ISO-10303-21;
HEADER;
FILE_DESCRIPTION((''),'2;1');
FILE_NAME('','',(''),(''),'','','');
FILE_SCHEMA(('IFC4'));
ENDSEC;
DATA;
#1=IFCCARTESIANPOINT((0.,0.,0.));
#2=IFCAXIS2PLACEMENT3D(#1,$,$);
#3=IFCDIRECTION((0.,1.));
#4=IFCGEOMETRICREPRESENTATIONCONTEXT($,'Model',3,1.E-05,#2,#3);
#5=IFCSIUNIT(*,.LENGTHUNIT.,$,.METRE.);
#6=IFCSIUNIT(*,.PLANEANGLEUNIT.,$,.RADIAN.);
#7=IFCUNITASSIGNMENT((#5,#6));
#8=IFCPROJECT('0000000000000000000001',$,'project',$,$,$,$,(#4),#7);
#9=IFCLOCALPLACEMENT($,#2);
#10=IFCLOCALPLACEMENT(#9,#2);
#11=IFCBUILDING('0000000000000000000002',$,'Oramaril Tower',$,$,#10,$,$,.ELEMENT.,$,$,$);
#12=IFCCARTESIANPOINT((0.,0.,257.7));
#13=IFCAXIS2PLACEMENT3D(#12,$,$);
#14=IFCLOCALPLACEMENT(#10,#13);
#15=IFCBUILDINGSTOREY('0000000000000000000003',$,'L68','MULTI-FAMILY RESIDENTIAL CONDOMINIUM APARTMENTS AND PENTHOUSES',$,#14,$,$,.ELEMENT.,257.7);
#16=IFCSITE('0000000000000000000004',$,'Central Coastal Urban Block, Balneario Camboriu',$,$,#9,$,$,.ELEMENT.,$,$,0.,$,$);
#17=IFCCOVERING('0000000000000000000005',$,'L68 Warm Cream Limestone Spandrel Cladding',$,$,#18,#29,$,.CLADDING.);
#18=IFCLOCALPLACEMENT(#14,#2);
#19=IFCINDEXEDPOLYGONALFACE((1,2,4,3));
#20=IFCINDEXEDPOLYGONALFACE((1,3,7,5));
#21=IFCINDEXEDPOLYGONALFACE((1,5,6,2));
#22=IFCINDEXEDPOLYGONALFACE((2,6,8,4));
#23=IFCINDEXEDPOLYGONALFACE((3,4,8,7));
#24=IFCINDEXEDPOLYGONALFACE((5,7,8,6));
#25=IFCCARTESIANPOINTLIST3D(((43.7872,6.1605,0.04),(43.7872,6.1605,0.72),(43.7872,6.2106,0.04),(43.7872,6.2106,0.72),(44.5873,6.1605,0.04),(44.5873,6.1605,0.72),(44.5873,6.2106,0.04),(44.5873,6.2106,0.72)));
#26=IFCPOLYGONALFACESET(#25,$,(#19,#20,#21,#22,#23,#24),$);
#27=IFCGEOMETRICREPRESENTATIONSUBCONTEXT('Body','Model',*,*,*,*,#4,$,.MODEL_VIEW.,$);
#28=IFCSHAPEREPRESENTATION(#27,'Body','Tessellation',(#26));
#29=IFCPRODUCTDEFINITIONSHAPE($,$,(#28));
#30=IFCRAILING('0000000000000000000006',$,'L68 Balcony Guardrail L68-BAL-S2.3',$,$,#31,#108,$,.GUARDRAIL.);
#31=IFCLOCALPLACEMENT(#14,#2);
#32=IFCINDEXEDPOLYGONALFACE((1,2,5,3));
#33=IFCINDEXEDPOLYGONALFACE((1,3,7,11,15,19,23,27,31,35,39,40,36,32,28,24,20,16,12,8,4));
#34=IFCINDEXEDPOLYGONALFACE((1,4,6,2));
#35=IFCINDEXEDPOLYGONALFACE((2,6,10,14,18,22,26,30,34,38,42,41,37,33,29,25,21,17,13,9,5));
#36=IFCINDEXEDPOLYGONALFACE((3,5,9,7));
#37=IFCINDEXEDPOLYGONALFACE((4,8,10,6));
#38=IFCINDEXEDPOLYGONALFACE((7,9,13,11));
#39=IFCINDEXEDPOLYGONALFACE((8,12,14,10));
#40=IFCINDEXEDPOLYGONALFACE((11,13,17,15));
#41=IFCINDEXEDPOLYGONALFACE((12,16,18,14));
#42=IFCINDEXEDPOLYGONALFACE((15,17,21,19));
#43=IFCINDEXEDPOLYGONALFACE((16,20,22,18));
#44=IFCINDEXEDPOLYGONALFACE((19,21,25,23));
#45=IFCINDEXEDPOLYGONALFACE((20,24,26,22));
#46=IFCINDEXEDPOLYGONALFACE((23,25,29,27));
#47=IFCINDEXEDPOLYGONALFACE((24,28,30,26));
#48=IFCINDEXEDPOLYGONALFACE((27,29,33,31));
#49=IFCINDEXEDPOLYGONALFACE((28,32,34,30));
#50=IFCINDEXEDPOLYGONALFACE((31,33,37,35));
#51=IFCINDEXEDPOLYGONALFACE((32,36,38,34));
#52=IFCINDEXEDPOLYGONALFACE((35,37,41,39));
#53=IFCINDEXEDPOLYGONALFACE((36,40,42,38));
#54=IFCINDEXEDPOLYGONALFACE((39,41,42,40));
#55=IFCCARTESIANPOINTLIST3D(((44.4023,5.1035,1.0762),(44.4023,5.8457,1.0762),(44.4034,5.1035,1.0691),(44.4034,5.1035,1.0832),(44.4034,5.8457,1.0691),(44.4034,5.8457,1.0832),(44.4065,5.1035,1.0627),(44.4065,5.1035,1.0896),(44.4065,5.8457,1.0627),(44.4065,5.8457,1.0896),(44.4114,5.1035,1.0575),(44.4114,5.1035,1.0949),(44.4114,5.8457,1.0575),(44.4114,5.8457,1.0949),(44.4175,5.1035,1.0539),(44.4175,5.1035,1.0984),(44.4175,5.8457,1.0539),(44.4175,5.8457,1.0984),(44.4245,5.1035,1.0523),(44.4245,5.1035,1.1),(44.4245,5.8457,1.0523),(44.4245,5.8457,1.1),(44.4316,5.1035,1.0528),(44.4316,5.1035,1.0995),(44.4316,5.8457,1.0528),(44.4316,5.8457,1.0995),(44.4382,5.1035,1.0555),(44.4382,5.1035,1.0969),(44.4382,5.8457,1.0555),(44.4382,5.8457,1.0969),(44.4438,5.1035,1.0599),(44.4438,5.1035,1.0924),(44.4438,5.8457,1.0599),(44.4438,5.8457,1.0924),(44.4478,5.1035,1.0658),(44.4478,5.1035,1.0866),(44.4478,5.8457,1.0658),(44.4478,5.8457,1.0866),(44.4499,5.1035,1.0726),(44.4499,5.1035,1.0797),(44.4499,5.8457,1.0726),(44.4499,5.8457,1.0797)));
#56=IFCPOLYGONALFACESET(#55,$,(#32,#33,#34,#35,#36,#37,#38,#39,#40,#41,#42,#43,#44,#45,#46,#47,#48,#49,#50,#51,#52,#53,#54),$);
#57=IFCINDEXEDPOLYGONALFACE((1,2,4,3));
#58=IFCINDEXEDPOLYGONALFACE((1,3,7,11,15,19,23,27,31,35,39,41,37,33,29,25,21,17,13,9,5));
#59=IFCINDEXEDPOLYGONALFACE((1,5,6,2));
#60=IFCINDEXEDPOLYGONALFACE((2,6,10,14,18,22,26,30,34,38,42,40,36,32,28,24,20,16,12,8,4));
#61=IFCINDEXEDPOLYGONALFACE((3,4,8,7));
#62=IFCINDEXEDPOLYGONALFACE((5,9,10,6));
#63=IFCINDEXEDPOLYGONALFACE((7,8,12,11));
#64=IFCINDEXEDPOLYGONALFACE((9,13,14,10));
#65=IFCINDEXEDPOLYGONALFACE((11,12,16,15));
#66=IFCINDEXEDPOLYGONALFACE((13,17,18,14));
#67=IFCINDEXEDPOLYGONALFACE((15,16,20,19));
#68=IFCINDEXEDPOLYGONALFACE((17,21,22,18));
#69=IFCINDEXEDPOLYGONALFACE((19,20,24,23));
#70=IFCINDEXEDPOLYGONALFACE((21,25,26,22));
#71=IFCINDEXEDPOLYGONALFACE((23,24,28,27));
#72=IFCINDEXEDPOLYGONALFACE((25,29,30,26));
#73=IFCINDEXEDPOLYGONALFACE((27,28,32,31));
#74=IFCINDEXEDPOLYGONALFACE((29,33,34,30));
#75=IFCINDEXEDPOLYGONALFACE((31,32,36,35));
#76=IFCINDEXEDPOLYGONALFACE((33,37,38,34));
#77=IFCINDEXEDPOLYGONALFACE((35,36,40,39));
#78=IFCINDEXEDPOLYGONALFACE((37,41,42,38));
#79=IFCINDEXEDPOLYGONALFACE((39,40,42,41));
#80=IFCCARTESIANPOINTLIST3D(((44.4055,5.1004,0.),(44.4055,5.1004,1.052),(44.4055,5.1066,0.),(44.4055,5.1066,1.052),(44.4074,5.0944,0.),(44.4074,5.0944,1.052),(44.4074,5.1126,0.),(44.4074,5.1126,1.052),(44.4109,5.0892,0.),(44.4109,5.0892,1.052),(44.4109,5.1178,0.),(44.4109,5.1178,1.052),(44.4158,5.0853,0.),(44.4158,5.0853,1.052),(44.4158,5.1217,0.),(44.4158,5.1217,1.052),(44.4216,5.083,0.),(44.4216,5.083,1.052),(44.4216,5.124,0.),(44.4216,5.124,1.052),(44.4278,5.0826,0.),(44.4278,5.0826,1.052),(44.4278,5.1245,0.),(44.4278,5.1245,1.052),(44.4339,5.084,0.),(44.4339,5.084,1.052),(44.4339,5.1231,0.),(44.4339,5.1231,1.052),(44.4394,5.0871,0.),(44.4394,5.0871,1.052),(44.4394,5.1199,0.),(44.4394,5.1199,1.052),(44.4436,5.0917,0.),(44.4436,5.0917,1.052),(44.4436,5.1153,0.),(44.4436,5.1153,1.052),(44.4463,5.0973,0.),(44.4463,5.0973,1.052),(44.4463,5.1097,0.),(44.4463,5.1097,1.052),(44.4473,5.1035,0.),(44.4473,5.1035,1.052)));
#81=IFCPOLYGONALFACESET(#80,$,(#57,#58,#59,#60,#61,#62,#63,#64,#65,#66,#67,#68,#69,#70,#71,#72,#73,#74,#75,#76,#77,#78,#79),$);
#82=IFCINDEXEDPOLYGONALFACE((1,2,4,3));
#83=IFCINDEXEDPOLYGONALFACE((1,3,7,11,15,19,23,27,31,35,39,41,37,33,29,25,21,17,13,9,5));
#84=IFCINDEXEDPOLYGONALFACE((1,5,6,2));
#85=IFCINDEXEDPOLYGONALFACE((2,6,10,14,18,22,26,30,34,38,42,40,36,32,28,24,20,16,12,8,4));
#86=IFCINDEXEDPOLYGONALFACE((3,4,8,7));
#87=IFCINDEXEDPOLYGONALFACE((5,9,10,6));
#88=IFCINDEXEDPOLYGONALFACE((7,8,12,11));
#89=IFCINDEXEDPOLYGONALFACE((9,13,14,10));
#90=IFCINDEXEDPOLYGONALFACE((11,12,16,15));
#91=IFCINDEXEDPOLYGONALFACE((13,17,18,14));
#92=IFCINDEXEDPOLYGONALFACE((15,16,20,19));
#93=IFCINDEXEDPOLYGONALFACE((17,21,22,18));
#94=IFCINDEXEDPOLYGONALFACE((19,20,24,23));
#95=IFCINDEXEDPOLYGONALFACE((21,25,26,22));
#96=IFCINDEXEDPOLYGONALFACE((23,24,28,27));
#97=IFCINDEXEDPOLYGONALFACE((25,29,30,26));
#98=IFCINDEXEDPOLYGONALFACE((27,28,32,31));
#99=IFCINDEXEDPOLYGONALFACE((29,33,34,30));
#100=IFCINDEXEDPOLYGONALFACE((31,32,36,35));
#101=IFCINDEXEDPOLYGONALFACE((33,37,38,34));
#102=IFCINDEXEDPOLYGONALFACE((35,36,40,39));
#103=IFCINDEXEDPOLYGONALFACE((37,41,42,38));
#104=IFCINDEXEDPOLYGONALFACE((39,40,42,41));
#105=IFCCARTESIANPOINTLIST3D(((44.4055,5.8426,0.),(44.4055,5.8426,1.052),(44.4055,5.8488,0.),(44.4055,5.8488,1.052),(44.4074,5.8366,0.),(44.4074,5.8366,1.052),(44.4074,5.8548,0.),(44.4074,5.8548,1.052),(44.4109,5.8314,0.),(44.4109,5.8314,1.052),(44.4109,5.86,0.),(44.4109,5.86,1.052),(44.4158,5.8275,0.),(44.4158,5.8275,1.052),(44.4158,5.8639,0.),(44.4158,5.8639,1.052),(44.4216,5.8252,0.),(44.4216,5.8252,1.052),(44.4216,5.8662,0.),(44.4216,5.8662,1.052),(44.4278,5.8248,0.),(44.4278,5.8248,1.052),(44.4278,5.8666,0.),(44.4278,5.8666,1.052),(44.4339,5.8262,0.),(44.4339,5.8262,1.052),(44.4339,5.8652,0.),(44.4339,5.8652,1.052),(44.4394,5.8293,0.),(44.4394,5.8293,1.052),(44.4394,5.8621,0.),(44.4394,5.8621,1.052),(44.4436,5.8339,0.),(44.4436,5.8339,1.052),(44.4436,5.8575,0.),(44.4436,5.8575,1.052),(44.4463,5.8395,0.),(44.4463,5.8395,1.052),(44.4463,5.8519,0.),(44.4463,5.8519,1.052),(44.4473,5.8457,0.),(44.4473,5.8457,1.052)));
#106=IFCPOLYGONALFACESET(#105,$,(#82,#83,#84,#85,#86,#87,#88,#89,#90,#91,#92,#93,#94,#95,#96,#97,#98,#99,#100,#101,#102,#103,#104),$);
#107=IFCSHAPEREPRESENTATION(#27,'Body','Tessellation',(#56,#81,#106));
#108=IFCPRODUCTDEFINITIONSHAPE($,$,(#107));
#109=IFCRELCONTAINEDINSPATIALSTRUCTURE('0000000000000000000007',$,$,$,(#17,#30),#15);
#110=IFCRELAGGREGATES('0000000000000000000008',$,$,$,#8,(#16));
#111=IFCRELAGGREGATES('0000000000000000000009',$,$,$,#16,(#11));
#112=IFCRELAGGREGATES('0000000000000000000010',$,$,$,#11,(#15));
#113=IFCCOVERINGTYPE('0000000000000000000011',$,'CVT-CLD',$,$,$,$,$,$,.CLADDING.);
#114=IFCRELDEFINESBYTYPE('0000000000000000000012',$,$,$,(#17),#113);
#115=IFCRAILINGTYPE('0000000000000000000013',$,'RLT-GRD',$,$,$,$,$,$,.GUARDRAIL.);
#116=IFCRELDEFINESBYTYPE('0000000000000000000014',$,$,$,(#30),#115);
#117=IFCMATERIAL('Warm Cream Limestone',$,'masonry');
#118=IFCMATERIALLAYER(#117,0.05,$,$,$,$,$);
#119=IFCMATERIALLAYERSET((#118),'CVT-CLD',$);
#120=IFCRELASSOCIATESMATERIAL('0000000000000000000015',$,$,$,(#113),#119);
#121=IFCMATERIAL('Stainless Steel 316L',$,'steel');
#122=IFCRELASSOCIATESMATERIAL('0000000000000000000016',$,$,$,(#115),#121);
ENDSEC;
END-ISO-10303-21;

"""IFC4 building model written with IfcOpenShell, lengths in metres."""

from ifc_helpers import new_model, si_unit, direction, frame, origin, origin_2d, place, context, subcontext, project, spatial, rectangle, circle, extrude, material, layer, layer_set, type_object, element, save


model = new_model("IFC4")

# Units and contexts
model_context = context("Model", 3, precision=1e-05, world=origin(), true_north=direction((0.0, 1.0)))
body_context = subcontext(model_context, "Body", "Model", "MODEL_VIEW")
ifc_project = project(units=[si_unit("LENGTHUNIT", "METRE"), si_unit("PLANEANGLEUNIT", "RADIAN")], contexts=[model_context])

# Site, building, storey
site_placement = place(None, origin())
site = spatial("IfcSite", under=ifc_project, at=site_placement, Name="Central Coastal Urban Block, Balneario Camboriu", CompositionType="ELEMENT", RefElevation=0.0)
building_placement = place(site_placement, origin())
building = spatial("IfcBuilding", under=site, at=building_placement, Name="Oramaril Tower", CompositionType="ELEMENT")
storey_placement = place(building_placement, frame((0.0, 0.0, 257.7)))
storey = spatial("IfcBuildingStorey", under=building, at=storey_placement, Name="L68", Description="MULTI-FAMILY RESIDENTIAL CONDOMINIUM APARTMENTS AND PENTHOUSES", CompositionType="ELEMENT", Elevation=257.7)

# Covering
ifc_material_1 = material(Name="Warm Cream Limestone", Category="masonry")
ifc_layer_1 = layer(ifc_material_1, 0.05)
ifc_layer_set_1 = layer_set([ifc_layer_1], Name="CVT-CLD")
covering_type = type_object("IfcCoveringType", Name="CVT-CLD", PredefinedType="CLADDING", material=ifc_layer_set_1)
covering_placement = place(storey_placement, frame((44.1873, 6.1855, 0.04), z_axis=(0.0, 0.0, 1.0), x_axis=(1.0, 0.0, 0.0)))
element("IfcCovering", 1, at=covering_placement, inside=storey, type_object=covering_type, Name="L68 Warm Cream Limestone Spandrel Cladding", PredefinedType="CLADDING", context=body_context, shape_type="SweptSolid", body=[
    extrude(rectangle(XDim=0.8, YDim=0.05, at=origin_2d()), origin(), (0.0, 0.0, 1.0), 0.6799),
])

# Railing
ifc_material_2 = material(Name="Stainless Steel 316L", Category="steel")
railing_type_1 = type_object("IfcRailingType", Name="RLT-GRD", PredefinedType="GUARDRAIL", material=ifc_material_2)
railing_1_placement = place(storey_placement, frame((44.4263, 5.1035, 0.0)))
element("IfcRailing", 2, at=railing_1_placement, inside=storey, type_object=railing_type_1, Name="L68 Balcony Guardrail L68-BAL-S2.3", PredefinedType="GUARDRAIL", context=body_context, shape_type="SweptSolid", body=[
    extrude(circle(Radius=0.0239, at=origin_2d()), frame((0.0, 0.0, 1.0762), z_axis=(0.0, 1.0, 0.0), x_axis=(-1.0, 0.0, 0.0)), (0.0, 0.0, 1.0), 0.7422),
    extrude(circle(Radius=0.021, at=origin_2d()), origin(), (0.0, 0.0, 1.0), 1.052),
    extrude(circle(Radius=0.021, at=origin_2d()), frame((0.0, 0.7422, 0.0)), (0.0, 0.0, 1.0), 1.052),
])

save(model, "model.ifc")
